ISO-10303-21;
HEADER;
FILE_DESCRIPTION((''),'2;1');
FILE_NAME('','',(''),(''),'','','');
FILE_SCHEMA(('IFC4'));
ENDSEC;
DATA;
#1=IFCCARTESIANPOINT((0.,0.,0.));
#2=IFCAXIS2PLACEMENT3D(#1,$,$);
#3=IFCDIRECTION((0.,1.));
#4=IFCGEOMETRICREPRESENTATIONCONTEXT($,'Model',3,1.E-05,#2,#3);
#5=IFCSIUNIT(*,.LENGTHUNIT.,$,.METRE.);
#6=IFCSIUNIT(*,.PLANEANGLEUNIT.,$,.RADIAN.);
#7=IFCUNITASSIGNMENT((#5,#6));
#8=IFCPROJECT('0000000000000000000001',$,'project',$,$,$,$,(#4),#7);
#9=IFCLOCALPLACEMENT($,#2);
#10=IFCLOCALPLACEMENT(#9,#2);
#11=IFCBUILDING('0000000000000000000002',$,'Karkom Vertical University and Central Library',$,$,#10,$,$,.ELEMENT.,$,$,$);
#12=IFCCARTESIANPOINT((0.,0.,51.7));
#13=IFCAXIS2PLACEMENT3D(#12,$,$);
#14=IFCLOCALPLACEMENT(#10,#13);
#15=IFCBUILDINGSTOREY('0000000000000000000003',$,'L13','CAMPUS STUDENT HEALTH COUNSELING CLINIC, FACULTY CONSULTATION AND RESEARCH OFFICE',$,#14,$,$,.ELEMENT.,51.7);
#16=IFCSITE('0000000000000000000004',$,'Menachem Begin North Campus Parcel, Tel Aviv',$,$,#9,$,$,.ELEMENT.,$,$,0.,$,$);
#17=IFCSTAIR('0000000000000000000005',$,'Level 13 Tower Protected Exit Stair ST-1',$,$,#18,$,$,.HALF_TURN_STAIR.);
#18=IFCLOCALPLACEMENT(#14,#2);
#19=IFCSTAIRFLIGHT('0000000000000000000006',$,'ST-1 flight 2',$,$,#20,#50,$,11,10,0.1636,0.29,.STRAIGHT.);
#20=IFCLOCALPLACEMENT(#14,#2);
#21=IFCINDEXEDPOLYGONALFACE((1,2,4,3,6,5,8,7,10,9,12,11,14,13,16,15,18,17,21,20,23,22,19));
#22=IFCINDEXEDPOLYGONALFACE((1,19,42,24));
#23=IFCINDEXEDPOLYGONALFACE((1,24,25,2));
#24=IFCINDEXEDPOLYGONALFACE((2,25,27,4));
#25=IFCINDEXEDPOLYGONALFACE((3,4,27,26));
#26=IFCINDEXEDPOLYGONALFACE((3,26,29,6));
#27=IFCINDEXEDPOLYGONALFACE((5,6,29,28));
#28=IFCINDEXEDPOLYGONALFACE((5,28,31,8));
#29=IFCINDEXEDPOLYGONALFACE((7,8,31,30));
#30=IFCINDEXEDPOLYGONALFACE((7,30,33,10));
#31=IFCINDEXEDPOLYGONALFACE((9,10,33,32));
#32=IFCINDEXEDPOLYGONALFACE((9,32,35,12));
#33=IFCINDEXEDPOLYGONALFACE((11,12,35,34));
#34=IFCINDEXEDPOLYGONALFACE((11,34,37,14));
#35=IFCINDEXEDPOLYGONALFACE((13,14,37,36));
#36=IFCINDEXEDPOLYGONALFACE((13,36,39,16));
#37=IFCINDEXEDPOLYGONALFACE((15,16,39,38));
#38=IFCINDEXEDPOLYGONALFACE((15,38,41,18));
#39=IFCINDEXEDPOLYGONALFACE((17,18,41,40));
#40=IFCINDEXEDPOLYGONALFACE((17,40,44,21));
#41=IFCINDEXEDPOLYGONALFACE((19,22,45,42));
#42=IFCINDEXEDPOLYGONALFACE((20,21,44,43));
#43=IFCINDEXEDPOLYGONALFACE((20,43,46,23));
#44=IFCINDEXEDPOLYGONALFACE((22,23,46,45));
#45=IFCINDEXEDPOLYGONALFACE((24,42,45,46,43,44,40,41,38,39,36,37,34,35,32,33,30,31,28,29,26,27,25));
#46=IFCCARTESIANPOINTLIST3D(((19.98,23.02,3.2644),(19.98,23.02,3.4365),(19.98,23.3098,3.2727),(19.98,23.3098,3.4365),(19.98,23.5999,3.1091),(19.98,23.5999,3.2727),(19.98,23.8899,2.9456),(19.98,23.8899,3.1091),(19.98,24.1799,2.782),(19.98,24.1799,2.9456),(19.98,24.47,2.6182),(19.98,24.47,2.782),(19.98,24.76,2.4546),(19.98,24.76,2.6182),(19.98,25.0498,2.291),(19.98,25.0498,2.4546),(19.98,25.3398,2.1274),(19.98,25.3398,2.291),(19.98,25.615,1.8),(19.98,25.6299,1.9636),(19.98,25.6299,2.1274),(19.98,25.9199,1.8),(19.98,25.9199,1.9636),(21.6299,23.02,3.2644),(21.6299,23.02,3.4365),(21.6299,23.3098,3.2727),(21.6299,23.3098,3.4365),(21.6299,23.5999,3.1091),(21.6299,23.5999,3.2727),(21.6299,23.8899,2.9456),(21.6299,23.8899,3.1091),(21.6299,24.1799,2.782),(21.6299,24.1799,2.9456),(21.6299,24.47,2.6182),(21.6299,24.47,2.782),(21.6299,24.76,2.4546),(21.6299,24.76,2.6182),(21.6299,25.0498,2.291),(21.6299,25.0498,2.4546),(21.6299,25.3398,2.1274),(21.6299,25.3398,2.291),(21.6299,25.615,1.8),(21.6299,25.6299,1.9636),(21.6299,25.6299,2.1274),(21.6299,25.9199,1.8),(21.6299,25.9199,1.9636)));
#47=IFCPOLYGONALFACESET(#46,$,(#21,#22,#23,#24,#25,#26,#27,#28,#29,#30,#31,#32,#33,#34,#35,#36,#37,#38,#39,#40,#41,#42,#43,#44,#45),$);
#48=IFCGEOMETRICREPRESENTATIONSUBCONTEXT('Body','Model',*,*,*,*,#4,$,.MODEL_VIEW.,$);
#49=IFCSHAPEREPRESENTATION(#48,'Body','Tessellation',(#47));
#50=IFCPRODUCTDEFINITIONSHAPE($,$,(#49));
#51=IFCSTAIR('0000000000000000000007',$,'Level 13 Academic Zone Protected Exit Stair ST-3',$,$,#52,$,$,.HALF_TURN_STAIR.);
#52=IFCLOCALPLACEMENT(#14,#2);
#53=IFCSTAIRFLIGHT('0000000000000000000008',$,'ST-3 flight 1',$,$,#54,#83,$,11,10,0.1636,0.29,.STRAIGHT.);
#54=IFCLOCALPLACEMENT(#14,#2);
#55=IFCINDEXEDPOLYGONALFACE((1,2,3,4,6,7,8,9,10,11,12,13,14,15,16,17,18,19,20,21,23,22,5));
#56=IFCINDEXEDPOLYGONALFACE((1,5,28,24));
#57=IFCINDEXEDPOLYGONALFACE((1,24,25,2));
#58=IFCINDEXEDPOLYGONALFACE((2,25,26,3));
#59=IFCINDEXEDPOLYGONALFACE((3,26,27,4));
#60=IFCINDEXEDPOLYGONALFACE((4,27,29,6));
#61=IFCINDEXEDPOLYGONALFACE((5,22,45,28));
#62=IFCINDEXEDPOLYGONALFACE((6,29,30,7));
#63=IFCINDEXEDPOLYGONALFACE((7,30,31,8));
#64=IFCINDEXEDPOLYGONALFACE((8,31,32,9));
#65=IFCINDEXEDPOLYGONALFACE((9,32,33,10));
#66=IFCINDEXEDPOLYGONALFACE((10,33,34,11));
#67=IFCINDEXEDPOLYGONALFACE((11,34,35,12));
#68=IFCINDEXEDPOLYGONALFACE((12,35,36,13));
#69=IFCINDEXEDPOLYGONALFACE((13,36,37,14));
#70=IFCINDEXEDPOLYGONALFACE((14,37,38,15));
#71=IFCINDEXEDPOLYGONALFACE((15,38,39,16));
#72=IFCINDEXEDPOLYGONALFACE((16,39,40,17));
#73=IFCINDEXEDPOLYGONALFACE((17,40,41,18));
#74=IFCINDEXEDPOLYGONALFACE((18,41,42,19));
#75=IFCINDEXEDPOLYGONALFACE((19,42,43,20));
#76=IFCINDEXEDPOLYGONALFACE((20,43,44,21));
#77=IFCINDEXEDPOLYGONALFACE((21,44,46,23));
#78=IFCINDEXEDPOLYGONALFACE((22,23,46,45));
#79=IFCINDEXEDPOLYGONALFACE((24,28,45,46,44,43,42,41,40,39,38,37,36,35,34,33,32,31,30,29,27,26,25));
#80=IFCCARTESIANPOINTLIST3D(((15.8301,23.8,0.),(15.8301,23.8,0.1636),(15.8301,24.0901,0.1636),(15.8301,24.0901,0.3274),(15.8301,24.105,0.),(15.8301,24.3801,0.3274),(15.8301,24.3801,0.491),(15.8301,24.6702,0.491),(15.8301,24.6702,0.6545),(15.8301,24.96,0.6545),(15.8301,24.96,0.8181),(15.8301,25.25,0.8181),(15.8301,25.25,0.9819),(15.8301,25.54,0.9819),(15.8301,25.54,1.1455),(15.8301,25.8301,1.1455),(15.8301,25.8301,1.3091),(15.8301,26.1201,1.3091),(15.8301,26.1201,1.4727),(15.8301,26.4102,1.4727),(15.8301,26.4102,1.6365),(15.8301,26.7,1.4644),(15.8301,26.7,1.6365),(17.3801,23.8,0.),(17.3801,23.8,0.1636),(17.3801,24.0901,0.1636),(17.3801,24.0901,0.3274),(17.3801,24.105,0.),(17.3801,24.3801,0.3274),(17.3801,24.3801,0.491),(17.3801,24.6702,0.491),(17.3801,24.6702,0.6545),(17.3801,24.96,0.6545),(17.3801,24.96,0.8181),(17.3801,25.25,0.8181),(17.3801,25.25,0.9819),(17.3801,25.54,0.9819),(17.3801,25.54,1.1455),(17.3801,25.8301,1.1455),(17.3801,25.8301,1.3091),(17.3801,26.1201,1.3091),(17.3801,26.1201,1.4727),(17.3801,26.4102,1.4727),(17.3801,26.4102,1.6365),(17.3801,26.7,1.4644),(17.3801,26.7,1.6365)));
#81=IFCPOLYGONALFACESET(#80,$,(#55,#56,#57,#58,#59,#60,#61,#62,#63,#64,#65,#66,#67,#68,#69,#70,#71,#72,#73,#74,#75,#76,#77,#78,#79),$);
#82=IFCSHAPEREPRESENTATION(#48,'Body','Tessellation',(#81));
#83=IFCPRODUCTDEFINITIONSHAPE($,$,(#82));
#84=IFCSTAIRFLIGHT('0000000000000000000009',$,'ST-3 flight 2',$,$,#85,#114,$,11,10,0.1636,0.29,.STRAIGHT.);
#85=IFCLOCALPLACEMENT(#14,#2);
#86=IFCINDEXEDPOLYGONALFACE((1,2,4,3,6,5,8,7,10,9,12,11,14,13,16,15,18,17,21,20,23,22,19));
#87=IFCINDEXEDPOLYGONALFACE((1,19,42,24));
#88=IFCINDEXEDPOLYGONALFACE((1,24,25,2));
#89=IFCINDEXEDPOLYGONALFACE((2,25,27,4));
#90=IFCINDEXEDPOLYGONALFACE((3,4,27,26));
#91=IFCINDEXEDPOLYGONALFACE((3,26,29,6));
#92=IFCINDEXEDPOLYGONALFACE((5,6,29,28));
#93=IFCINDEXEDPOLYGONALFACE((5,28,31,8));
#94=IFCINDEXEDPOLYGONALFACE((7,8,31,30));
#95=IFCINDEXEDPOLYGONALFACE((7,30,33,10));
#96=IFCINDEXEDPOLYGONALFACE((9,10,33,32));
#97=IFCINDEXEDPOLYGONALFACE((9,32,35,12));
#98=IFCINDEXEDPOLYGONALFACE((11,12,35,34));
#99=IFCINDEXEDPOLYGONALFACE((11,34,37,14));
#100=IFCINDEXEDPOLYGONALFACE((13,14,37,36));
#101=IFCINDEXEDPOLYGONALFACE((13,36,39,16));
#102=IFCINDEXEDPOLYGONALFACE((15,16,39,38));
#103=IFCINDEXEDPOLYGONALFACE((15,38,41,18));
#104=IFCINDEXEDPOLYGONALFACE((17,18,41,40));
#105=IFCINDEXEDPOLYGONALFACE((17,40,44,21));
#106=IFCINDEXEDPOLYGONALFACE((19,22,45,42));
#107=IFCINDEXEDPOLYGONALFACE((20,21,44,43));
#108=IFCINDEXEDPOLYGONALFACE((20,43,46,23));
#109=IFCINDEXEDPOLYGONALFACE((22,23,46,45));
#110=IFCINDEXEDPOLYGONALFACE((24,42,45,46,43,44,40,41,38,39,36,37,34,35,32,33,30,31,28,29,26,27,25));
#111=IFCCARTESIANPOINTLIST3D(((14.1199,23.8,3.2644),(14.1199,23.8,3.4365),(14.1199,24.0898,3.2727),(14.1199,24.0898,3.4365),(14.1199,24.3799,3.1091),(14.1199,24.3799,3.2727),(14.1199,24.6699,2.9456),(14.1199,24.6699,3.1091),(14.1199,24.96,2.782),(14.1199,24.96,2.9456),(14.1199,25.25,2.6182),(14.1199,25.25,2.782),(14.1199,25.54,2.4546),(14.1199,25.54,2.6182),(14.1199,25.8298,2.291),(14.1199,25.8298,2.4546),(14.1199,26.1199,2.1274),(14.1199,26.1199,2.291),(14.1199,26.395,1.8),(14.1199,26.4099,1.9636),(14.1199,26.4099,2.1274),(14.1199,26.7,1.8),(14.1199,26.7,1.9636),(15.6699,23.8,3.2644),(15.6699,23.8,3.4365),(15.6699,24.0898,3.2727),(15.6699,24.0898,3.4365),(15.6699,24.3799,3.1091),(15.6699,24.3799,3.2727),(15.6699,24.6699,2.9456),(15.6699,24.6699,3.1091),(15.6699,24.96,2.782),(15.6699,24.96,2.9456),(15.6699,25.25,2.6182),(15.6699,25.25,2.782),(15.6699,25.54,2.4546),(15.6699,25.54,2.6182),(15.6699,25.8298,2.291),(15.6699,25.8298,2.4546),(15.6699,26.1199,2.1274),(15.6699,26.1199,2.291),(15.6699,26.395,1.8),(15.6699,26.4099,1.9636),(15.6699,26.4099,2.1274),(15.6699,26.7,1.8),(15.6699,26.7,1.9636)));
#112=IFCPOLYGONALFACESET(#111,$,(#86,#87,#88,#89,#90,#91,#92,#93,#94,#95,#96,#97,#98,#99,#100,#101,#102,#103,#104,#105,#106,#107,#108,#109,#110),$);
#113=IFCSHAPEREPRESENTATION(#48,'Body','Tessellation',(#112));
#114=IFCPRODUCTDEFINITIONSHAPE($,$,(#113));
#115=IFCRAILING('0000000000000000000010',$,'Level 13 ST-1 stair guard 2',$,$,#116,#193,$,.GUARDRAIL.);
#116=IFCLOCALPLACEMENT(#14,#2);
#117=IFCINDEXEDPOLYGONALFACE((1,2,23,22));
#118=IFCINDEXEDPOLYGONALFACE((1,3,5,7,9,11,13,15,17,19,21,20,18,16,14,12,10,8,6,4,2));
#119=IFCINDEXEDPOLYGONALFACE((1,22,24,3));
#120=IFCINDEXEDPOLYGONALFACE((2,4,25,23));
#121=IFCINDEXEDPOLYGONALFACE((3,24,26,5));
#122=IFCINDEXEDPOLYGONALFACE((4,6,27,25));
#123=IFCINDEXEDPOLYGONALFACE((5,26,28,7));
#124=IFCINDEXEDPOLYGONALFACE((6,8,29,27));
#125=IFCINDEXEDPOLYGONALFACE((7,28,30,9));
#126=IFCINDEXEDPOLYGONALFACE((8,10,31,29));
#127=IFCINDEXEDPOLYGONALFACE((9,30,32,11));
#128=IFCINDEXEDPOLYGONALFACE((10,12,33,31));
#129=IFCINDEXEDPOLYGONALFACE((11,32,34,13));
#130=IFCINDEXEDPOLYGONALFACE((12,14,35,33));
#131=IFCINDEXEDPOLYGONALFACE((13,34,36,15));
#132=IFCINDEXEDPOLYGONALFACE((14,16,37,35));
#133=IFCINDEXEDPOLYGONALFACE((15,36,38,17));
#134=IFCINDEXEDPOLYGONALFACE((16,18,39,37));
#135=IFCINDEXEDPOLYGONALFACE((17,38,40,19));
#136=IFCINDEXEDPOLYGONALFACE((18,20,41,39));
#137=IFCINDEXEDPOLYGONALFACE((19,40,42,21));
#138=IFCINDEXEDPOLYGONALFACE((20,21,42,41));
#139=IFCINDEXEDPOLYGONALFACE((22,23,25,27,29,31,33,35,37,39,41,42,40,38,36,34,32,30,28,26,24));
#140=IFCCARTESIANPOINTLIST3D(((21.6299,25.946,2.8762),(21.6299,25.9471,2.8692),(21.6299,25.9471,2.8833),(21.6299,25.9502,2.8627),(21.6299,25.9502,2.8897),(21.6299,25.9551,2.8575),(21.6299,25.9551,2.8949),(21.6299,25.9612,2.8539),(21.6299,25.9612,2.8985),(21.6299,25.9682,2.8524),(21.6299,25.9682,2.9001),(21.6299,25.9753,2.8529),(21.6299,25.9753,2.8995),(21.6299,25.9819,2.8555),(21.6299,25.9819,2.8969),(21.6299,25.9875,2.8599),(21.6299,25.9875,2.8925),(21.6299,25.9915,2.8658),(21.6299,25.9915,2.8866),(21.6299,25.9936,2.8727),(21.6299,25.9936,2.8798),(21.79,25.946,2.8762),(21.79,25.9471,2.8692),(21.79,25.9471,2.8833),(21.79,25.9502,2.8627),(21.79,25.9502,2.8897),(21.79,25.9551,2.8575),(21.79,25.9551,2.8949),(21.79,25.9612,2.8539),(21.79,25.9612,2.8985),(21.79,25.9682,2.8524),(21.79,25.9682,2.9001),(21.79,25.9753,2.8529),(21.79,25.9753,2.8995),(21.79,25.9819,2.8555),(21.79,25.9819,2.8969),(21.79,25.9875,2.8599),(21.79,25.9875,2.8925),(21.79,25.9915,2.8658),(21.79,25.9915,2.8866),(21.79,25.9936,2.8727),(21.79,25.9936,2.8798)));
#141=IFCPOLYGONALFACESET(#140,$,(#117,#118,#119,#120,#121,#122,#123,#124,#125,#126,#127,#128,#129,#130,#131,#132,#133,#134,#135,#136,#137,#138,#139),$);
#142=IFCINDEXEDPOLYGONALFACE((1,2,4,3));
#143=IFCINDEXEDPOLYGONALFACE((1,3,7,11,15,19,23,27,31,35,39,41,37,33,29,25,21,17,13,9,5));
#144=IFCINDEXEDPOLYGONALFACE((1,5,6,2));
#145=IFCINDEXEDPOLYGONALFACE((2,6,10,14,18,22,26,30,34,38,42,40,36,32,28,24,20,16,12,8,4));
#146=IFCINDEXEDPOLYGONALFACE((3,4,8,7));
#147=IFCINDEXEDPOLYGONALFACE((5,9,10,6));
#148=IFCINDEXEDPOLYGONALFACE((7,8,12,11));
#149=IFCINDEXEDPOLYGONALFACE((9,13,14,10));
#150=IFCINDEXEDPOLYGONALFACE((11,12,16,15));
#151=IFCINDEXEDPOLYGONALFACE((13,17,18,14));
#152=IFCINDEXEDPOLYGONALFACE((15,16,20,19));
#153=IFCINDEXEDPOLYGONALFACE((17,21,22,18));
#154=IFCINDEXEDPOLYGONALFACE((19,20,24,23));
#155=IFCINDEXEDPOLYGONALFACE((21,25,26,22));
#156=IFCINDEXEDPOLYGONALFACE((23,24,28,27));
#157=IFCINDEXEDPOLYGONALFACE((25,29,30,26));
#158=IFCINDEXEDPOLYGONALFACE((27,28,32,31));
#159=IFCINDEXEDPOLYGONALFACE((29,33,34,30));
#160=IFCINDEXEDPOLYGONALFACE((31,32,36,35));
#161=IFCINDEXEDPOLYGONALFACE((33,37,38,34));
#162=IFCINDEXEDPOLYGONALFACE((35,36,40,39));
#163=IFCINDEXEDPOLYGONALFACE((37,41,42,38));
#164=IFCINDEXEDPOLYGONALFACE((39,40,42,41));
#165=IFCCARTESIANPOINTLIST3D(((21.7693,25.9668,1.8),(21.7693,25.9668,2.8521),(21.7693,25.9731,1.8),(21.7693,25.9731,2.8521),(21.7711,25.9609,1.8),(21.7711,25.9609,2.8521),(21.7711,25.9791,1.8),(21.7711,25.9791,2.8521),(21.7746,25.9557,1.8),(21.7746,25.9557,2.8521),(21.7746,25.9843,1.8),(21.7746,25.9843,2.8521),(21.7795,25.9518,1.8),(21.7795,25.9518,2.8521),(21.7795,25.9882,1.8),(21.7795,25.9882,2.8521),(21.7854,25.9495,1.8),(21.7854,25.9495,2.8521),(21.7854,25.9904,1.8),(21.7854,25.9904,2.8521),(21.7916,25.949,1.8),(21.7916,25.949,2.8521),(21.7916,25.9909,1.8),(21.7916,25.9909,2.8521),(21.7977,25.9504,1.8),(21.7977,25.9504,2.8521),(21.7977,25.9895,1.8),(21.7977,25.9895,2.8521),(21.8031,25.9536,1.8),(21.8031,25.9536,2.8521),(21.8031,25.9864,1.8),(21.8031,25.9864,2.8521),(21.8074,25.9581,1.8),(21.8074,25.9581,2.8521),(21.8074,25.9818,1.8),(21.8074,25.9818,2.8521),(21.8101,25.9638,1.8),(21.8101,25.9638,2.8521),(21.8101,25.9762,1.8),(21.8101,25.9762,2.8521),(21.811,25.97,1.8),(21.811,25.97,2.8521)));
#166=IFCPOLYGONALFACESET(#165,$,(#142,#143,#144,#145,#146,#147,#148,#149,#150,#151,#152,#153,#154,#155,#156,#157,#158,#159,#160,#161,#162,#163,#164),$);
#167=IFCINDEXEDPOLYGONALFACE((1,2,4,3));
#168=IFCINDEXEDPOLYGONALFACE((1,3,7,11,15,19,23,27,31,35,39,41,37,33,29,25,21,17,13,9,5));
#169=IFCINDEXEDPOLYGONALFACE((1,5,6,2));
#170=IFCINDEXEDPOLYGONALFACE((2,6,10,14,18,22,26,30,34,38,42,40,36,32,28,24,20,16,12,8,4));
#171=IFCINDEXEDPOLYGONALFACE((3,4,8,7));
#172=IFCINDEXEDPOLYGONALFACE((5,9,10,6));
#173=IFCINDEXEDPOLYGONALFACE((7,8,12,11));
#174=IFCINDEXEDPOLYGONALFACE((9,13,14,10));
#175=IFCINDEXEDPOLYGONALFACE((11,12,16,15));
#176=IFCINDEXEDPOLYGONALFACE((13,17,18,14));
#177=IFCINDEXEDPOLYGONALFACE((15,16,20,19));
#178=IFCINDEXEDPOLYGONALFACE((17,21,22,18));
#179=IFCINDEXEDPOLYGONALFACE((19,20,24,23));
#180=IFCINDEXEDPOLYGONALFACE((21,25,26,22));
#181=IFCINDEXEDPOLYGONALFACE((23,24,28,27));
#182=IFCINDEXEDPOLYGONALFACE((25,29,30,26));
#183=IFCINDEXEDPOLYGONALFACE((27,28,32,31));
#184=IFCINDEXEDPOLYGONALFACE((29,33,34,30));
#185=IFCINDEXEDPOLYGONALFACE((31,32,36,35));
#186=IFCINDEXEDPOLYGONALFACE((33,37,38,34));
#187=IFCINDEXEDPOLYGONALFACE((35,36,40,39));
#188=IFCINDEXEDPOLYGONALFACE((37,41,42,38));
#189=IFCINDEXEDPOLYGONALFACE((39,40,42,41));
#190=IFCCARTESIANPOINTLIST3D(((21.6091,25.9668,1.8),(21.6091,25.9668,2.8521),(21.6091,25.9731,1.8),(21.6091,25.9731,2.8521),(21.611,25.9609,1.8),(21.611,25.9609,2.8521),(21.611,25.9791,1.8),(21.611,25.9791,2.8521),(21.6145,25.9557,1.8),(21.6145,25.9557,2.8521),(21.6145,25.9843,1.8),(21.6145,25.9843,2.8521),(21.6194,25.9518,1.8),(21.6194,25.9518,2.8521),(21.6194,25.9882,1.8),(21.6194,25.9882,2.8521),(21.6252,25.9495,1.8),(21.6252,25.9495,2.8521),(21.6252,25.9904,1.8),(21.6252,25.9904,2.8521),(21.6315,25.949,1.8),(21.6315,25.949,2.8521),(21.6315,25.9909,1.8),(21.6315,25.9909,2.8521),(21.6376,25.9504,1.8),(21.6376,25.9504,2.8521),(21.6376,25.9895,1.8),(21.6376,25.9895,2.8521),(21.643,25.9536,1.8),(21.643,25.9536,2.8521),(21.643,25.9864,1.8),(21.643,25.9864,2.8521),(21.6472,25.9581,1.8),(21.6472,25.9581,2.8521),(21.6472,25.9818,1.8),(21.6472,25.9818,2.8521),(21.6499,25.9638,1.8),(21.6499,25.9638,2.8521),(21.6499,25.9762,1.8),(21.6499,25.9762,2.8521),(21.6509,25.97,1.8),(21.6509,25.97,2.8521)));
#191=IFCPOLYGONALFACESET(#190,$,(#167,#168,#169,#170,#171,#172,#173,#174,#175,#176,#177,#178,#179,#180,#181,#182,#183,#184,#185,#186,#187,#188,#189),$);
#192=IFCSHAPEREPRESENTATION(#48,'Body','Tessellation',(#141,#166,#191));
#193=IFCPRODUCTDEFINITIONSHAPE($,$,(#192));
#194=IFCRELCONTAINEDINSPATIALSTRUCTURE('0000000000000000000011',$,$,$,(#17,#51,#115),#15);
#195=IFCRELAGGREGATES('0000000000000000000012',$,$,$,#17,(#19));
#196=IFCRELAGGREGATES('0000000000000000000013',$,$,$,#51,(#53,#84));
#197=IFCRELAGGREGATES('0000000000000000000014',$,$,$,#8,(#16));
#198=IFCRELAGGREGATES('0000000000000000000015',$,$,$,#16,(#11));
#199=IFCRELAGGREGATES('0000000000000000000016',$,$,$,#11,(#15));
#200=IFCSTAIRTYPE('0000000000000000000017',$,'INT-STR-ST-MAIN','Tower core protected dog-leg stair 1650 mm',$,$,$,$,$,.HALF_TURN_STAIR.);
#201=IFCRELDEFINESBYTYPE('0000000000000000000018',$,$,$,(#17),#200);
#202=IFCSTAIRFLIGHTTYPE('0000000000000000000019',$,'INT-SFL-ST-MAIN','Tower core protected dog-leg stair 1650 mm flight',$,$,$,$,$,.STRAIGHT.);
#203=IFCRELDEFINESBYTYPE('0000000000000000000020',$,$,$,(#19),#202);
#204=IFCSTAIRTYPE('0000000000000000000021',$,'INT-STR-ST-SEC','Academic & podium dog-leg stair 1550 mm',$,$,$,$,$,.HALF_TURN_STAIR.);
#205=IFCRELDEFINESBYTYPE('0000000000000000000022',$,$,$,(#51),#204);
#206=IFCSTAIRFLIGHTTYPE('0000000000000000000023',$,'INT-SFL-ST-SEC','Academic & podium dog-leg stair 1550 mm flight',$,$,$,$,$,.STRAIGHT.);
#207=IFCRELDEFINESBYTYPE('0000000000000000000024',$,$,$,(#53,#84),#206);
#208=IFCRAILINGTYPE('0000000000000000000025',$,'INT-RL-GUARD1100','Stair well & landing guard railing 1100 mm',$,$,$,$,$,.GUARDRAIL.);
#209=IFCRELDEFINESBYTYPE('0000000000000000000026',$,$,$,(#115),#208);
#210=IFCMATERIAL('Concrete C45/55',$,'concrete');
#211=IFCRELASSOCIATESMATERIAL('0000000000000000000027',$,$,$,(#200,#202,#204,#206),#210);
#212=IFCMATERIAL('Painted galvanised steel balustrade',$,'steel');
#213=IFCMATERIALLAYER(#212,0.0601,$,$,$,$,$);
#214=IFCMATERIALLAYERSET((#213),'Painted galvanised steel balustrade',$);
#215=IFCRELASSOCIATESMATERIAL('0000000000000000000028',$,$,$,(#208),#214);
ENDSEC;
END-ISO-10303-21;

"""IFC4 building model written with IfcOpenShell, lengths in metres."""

from ifc_helpers import new_model, si_unit, direction, frame, origin, origin_2d, place, context, subcontext, project, spatial, polyline, circle, outline, extrude, material, layer, layer_set, type_object, element, aggregate, save


model = new_model("IFC4")

# Units and contexts
model_context = context("Model", 3, precision=1e-05, world=origin(), true_north=direction((0.0, 1.0)))
body_context = subcontext(model_context, "Body", "Model", "MODEL_VIEW")
ifc_project = project(units=[si_unit("LENGTHUNIT", "METRE"), si_unit("PLANEANGLEUNIT", "RADIAN")], contexts=[model_context])

# Site, building, storey
site_placement = place(None, origin())
site = spatial("IfcSite", under=ifc_project, at=site_placement, Name="Menachem Begin North Campus Parcel, Tel Aviv", CompositionType="ELEMENT", RefElevation=0.0)
building_placement = place(site_placement, origin())
building = spatial("IfcBuilding", under=site, at=building_placement, Name="Karkom Vertical University and Central Library", CompositionType="ELEMENT")
storey_placement = place(building_placement, frame((0.0, 0.0, 51.7)))
storey = spatial("IfcBuildingStorey", under=building, at=storey_placement, Name="L13", Description="CAMPUS STUDENT HEALTH COUNSELING CLINIC, FACULTY CONSULTATION AND RESEARCH OFFICE", CompositionType="ELEMENT", Elevation=51.7)

# Shared definitions
ifc_material_1 = material(Name="Concrete C45/55", Category="concrete")

# Stair, stair flight
stair_type_1 = type_object("IfcStairType", Name="INT-STR-ST-MAIN", Description="Tower core protected dog-leg stair 1650 mm", PredefinedType="HALF_TURN_STAIR", material=ifc_material_1)
stair_1_placement = place(storey_placement, origin())
stair_1 = element("IfcStair", 1, at=stair_1_placement, inside=storey, type_object=stair_type_1, Name="Level 13 Tower Protected Exit Stair ST-1", PredefinedType="HALF_TURN_STAIR")
stair_flight_type_1 = type_object("IfcStairFlightType", Name="INT-SFL-ST-MAIN", Description="Tower core protected dog-leg stair 1650 mm flight", PredefinedType="STRAIGHT", material=ifc_material_1)
stair_flight_1_placement = place(storey_placement, frame((20.8049, 25.9199, 1.8), z_axis=(0.0, 0.0, 1.0), x_axis=(0.0, -1.0, 0.0)))
stair_flight_1 = element("IfcStairFlight", 2, at=stair_flight_1_placement, type_object=stair_flight_type_1, Name="ST-1 flight 2", NumberOfRisers=11, NumberOfTreads=10, PredefinedType="STRAIGHT", RiserHeight=0.1636, TreadLength=0.29, context=body_context, shape_type="SweptSolid", body=[
    extrude(outline(polyline([(0.0, 0.0), (0.0, 0.1636), (0.29, 0.1636), (0.29, 0.3274), (0.5801, 0.3274), (0.5801, 0.491), (0.8701, 0.491), (0.8701, 0.6545), (1.1599, 0.6545), (1.1599, 0.8181), (1.45, 0.8181), (1.45, 0.9819), (1.74, 0.9819), (1.74, 1.1455), (2.03, 1.1455), (2.03, 1.3091), (2.3201, 1.3091), (2.3201, 1.4727), (2.6101, 1.4727), (2.6101, 1.6365), (2.8999, 1.6365), (2.8999, 1.8), (2.8999, 1.4644), (0.3049, 0.0), (0.0, 0.0)])), frame((0.0, 0.825, 0.0), z_axis=(0.0, -1.0, 0.0), x_axis=(1.0, 0.0, 0.0)), (0.0, 0.0, 1.0), 1.6499),
])
aggregate(stair_1, [stair_flight_1])

# Stair, stair flights
stair_type_2 = type_object("IfcStairType", Name="INT-STR-ST-SEC", Description="Academic & podium dog-leg stair 1550 mm", PredefinedType="HALF_TURN_STAIR", material=ifc_material_1)
stair_2_placement = place(storey_placement, origin())
stair_2 = element("IfcStair", 3, at=stair_2_placement, inside=storey, type_object=stair_type_2, Name="Level 13 Academic Zone Protected Exit Stair ST-3", PredefinedType="HALF_TURN_STAIR")
stair_flight_type_2 = type_object("IfcStairFlightType", Name="INT-SFL-ST-SEC", Description="Academic & podium dog-leg stair 1550 mm flight", PredefinedType="STRAIGHT", material=ifc_material_1)
stair_flight_2_placement = place(storey_placement, frame((16.605, 23.8, 0.0), z_axis=(0.0, 0.0, 1.0), x_axis=(0.0, 1.0, 0.0)))
stair_flight_2 = element("IfcStairFlight", 4, at=stair_flight_2_placement, type_object=stair_flight_type_2, Name="ST-3 flight 1", NumberOfRisers=11, NumberOfTreads=10, PredefinedType="STRAIGHT", RiserHeight=0.1636, TreadLength=0.29, context=body_context, shape_type="SweptSolid", body=[
    extrude(outline(polyline([(0.0, 0.0), (0.0, 0.1636), (0.29, 0.1636), (0.29, 0.3274), (0.5801, 0.3274), (0.5801, 0.491), (0.8701, 0.491), (0.8701, 0.6545), (1.1599, 0.6545), (1.1599, 0.8181), (1.45, 0.8181), (1.45, 0.9819), (1.74, 0.9819), (1.74, 1.1455), (2.03, 1.1455), (2.03, 1.3091), (2.3201, 1.3091), (2.3201, 1.4727), (2.6101, 1.4727), (2.6101, 1.6365), (2.8999, 1.6365), (2.8999, 1.8), (2.8999, 1.4644), (0.3049, 0.0), (0.0, 0.0)])), frame((0.0, 0.7749, 0.0), z_axis=(0.0, -1.0, 0.0), x_axis=(1.0, 0.0, 0.0)), (0.0, 0.0, 1.0), 1.55),
])
stair_flight_3_placement = place(storey_placement, frame((14.895, 26.7, 1.8), z_axis=(0.0, 0.0, 1.0), x_axis=(0.0, -1.0, 0.0)))
stair_flight_3 = element("IfcStairFlight", 5, at=stair_flight_3_placement, type_object=stair_flight_type_2, Name="ST-3 flight 2", NumberOfRisers=11, NumberOfTreads=10, PredefinedType="STRAIGHT", RiserHeight=0.1636, TreadLength=0.29, context=body_context, shape_type="SweptSolid", body=[
    extrude(outline(polyline([(0.0, 0.0), (0.0, 0.1636), (0.29, 0.1636), (0.29, 0.3274), (0.5801, 0.3274), (0.5801, 0.491), (0.8701, 0.491), (0.8701, 0.6545), (1.1599, 0.6545), (1.1599, 0.8181), (1.45, 0.8181), (1.45, 0.9819), (1.74, 0.9819), (1.74, 1.1455), (2.03, 1.1455), (2.03, 1.3091), (2.3201, 1.3091), (2.3201, 1.4727), (2.6101, 1.4727), (2.6101, 1.6365), (2.8999, 1.6365), (2.8999, 1.8), (2.8999, 1.4644), (0.3049, 0.0), (0.0, 0.0)])), frame((0.0, 0.7749, 0.0), z_axis=(0.0, -1.0, 0.0), x_axis=(1.0, 0.0, 0.0)), (0.0, 0.0, 1.0), 1.55),
])
aggregate(stair_2, [stair_flight_2, stair_flight_3])

# Railing
ifc_material_2 = material(Name="Painted galvanised steel balustrade", Category="steel")
ifc_layer_1 = layer(ifc_material_2, 0.0601)
ifc_layer_set_1 = layer_set([ifc_layer_1], Name="Painted galvanised steel balustrade")
railing_type_1 = type_object("IfcRailingType", Name="INT-RL-GUARD1100", Description="Stair well & landing guard railing 1100 mm", PredefinedType="GUARDRAIL", material=ifc_layer_set_1)
railing_1_placement = place(storey_placement, frame((21.79, 25.97, 1.8)))
element("IfcRailing", 6, at=railing_1_placement, inside=storey, type_object=railing_type_1, Name="Level 13 ST-1 stair guard 2", PredefinedType="GUARDRAIL", context=body_context, shape_type="SweptSolid", body=[
    extrude(circle(Radius=0.0239, at=origin_2d()), frame((0.0, 0.0, 1.0762), z_axis=(-1.0, 0.0, 0.0), x_axis=(0.0, -1.0, 0.0)), (0.0, 0.0, 1.0), 0.1602),
    extrude(circle(Radius=0.021, at=origin_2d()), origin(), (0.0, 0.0, 1.0), 1.052),
    extrude(circle(Radius=0.021, at=origin_2d()), frame((-0.1602, 0.0, 0.0)), (0.0, 0.0, 1.0), 1.052),
])

save(model, "model.ifc")
